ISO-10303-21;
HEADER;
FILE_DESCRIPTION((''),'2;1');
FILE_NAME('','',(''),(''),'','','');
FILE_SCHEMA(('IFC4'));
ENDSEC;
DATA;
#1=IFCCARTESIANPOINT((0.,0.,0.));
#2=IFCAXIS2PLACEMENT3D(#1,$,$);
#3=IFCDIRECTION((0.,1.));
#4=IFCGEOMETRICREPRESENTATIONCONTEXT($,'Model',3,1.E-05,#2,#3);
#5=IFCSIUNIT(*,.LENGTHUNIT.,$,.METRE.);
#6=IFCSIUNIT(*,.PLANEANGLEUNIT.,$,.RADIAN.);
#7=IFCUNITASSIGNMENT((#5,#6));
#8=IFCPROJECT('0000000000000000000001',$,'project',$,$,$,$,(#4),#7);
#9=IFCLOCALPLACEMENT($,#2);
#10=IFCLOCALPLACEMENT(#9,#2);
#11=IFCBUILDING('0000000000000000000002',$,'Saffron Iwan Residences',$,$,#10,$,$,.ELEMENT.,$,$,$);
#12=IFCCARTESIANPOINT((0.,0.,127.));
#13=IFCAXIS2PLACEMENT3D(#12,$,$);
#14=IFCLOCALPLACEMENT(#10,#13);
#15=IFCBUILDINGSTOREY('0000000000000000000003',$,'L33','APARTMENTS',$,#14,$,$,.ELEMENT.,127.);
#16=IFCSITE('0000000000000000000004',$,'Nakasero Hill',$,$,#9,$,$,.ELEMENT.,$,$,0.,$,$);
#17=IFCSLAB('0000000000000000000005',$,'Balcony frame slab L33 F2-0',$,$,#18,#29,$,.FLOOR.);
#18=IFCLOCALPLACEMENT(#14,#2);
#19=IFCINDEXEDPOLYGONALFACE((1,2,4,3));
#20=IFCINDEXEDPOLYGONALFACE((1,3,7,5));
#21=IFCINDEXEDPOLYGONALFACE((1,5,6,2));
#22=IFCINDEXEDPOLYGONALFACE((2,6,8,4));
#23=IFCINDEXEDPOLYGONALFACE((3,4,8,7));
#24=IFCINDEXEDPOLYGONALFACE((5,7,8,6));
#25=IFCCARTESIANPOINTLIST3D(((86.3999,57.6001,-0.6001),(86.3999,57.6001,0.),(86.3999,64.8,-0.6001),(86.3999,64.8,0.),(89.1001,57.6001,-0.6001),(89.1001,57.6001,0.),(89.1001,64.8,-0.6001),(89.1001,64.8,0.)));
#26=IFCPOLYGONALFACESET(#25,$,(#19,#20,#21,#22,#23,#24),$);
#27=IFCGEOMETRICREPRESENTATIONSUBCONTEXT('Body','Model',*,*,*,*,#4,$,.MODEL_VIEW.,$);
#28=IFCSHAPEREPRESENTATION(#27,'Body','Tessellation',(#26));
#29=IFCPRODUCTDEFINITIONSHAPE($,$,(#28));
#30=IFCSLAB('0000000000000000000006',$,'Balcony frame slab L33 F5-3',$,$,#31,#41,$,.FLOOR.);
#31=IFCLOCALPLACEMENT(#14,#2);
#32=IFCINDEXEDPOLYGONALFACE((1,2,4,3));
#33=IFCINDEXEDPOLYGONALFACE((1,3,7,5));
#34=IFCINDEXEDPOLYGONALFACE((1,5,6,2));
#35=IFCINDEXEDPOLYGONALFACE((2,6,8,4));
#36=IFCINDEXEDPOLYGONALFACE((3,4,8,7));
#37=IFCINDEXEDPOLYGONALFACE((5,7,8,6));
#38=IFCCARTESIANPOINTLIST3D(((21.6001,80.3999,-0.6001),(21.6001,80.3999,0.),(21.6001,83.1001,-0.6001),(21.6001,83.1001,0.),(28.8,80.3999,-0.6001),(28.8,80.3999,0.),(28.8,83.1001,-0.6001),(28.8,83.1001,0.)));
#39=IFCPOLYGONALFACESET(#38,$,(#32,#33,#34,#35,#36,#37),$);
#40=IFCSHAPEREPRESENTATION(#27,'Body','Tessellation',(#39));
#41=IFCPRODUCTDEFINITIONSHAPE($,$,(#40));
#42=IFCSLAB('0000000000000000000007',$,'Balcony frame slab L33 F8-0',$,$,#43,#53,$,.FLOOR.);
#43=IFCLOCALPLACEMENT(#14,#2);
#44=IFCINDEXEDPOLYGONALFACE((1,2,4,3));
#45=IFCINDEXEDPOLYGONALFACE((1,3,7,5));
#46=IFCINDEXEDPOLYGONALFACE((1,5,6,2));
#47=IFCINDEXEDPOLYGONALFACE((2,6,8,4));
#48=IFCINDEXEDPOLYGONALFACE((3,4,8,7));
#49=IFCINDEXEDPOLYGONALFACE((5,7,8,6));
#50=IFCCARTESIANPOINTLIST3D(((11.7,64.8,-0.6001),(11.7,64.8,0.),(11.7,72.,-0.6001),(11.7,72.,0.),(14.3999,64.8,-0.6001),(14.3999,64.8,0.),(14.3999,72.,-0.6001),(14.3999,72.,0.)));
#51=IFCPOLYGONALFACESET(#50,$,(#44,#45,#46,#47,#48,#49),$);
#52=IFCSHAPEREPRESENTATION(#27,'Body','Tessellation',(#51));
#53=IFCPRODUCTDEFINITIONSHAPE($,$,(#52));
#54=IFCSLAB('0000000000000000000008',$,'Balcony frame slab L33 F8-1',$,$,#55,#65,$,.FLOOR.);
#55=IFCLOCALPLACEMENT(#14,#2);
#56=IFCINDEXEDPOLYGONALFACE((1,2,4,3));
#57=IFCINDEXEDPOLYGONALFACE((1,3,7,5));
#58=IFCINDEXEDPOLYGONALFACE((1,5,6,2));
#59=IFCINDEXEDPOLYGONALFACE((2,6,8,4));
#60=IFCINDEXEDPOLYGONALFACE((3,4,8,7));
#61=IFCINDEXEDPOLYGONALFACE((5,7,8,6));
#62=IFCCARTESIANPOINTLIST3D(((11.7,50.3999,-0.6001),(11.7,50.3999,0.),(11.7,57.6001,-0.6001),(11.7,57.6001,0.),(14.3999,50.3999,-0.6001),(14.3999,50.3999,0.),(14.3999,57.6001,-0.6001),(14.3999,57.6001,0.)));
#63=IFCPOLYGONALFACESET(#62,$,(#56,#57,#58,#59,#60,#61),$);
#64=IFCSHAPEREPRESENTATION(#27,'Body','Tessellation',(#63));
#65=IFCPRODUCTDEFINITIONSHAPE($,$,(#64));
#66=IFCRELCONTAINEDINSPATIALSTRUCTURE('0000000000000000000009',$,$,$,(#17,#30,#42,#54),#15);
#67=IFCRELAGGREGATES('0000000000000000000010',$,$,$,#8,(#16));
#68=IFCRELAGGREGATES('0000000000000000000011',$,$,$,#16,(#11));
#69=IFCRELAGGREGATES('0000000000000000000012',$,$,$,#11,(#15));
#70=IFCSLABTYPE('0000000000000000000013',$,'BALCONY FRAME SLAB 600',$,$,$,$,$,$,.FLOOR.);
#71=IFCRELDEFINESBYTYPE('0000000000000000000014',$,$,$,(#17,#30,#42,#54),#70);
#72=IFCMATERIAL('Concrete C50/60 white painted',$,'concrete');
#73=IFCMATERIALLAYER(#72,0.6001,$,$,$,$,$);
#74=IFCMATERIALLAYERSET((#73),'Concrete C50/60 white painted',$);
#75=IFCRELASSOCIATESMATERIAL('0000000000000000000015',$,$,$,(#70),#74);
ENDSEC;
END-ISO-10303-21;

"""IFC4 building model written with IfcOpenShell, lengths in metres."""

from ifc_helpers import new_model, si_unit, direction, frame, origin, place, context, subcontext, project, spatial, polyline, outline, extrude, material, layer, layer_set, type_object, element, save


model = new_model("IFC4")

# Units and contexts
model_context = context("Model", 3, precision=1e-05, world=origin(), true_north=direction((0.0, 1.0)))
body_context = subcontext(model_context, "Body", "Model", "MODEL_VIEW")
ifc_project = project(units=[si_unit("LENGTHUNIT", "METRE"), si_unit("PLANEANGLEUNIT", "RADIAN")], contexts=[model_context])

# Site, building, storey
site_placement = place(None, origin())
site = spatial("IfcSite", under=ifc_project, at=site_placement, Name="Nakasero Hill", CompositionType="ELEMENT", RefElevation=0.0)
building_placement = place(site_placement, origin())
building = spatial("IfcBuilding", under=site, at=building_placement, Name="Saffron Iwan Residences", CompositionType="ELEMENT")
storey_placement = place(building_placement, frame((0.0, 0.0, 127.0)))
storey = spatial("IfcBuildingStorey", under=building, at=storey_placement, Name="L33", Description="APARTMENTS", CompositionType="ELEMENT", Elevation=127.0)

# Slabs
ifc_material_1 = material(Name="Concrete C50/60 white painted", Category="concrete")
ifc_layer_1 = layer(ifc_material_1, 0.6001)
ifc_layer_set_1 = layer_set([ifc_layer_1], Name="Concrete C50/60 white painted")
slab_type_1 = type_object("IfcSlabType", Name="BALCONY FRAME SLAB 600", PredefinedType="FLOOR", material=ifc_layer_set_1)
slab_1_placement = place(storey_placement, frame((0.0, 0.0, -0.6001)))
element("IfcSlab", 1, at=slab_1_placement, inside=storey, type_object=slab_type_1, Name="Balcony frame slab L33 F2-0", PredefinedType="FLOOR", context=body_context, shape_type="SweptSolid", body=[
    extrude(outline(polyline([(89.1001, 57.6001), (89.1001, 64.8), (86.3999, 64.8), (86.3999, 57.6001), (89.1001, 57.6001)])), origin(), (0.0, 0.0, 1.0), 0.6001),
])
slab_2_placement = place(storey_placement, frame((0.0, 0.0, -0.6001)))
element("IfcSlab", 2, at=slab_2_placement, inside=storey, type_object=slab_type_1, Name="Balcony frame slab L33 F5-3", PredefinedType="FLOOR", context=body_context, shape_type="SweptSolid", body=[
    extrude(outline(polyline([(28.8, 83.1001), (21.6001, 83.1001), (21.6001, 80.3999), (28.8, 80.3999), (28.8, 83.1001)])), origin(), (0.0, 0.0, 1.0), 0.6001),
])
slab_3_placement = place(storey_placement, frame((0.0, 0.0, -0.6001)))
element("IfcSlab", 3, at=slab_3_placement, inside=storey, type_object=slab_type_1, Name="Balcony frame slab L33 F8-0", PredefinedType="FLOOR", context=body_context, shape_type="SweptSolid", body=[
    extrude(outline(polyline([(11.7, 72.0), (11.7, 64.8), (14.3999, 64.8), (14.3999, 72.0), (11.7, 72.0)])), origin(), (0.0, 0.0, 1.0), 0.6001),
])
slab_4_placement = place(storey_placement, frame((0.0, 0.0, -0.6001)))
element("IfcSlab", 4, at=slab_4_placement, inside=storey, type_object=slab_type_1, Name="Balcony frame slab L33 F8-1", PredefinedType="FLOOR", context=body_context, shape_type="SweptSolid", body=[
    extrude(outline(polyline([(11.7, 57.6001), (11.7, 50.3999), (14.3999, 50.3999), (14.3999, 57.6001), (11.7, 57.6001)])), origin(), (0.0, 0.0, 1.0), 0.6001),
])

save(model, "model.ifc")
